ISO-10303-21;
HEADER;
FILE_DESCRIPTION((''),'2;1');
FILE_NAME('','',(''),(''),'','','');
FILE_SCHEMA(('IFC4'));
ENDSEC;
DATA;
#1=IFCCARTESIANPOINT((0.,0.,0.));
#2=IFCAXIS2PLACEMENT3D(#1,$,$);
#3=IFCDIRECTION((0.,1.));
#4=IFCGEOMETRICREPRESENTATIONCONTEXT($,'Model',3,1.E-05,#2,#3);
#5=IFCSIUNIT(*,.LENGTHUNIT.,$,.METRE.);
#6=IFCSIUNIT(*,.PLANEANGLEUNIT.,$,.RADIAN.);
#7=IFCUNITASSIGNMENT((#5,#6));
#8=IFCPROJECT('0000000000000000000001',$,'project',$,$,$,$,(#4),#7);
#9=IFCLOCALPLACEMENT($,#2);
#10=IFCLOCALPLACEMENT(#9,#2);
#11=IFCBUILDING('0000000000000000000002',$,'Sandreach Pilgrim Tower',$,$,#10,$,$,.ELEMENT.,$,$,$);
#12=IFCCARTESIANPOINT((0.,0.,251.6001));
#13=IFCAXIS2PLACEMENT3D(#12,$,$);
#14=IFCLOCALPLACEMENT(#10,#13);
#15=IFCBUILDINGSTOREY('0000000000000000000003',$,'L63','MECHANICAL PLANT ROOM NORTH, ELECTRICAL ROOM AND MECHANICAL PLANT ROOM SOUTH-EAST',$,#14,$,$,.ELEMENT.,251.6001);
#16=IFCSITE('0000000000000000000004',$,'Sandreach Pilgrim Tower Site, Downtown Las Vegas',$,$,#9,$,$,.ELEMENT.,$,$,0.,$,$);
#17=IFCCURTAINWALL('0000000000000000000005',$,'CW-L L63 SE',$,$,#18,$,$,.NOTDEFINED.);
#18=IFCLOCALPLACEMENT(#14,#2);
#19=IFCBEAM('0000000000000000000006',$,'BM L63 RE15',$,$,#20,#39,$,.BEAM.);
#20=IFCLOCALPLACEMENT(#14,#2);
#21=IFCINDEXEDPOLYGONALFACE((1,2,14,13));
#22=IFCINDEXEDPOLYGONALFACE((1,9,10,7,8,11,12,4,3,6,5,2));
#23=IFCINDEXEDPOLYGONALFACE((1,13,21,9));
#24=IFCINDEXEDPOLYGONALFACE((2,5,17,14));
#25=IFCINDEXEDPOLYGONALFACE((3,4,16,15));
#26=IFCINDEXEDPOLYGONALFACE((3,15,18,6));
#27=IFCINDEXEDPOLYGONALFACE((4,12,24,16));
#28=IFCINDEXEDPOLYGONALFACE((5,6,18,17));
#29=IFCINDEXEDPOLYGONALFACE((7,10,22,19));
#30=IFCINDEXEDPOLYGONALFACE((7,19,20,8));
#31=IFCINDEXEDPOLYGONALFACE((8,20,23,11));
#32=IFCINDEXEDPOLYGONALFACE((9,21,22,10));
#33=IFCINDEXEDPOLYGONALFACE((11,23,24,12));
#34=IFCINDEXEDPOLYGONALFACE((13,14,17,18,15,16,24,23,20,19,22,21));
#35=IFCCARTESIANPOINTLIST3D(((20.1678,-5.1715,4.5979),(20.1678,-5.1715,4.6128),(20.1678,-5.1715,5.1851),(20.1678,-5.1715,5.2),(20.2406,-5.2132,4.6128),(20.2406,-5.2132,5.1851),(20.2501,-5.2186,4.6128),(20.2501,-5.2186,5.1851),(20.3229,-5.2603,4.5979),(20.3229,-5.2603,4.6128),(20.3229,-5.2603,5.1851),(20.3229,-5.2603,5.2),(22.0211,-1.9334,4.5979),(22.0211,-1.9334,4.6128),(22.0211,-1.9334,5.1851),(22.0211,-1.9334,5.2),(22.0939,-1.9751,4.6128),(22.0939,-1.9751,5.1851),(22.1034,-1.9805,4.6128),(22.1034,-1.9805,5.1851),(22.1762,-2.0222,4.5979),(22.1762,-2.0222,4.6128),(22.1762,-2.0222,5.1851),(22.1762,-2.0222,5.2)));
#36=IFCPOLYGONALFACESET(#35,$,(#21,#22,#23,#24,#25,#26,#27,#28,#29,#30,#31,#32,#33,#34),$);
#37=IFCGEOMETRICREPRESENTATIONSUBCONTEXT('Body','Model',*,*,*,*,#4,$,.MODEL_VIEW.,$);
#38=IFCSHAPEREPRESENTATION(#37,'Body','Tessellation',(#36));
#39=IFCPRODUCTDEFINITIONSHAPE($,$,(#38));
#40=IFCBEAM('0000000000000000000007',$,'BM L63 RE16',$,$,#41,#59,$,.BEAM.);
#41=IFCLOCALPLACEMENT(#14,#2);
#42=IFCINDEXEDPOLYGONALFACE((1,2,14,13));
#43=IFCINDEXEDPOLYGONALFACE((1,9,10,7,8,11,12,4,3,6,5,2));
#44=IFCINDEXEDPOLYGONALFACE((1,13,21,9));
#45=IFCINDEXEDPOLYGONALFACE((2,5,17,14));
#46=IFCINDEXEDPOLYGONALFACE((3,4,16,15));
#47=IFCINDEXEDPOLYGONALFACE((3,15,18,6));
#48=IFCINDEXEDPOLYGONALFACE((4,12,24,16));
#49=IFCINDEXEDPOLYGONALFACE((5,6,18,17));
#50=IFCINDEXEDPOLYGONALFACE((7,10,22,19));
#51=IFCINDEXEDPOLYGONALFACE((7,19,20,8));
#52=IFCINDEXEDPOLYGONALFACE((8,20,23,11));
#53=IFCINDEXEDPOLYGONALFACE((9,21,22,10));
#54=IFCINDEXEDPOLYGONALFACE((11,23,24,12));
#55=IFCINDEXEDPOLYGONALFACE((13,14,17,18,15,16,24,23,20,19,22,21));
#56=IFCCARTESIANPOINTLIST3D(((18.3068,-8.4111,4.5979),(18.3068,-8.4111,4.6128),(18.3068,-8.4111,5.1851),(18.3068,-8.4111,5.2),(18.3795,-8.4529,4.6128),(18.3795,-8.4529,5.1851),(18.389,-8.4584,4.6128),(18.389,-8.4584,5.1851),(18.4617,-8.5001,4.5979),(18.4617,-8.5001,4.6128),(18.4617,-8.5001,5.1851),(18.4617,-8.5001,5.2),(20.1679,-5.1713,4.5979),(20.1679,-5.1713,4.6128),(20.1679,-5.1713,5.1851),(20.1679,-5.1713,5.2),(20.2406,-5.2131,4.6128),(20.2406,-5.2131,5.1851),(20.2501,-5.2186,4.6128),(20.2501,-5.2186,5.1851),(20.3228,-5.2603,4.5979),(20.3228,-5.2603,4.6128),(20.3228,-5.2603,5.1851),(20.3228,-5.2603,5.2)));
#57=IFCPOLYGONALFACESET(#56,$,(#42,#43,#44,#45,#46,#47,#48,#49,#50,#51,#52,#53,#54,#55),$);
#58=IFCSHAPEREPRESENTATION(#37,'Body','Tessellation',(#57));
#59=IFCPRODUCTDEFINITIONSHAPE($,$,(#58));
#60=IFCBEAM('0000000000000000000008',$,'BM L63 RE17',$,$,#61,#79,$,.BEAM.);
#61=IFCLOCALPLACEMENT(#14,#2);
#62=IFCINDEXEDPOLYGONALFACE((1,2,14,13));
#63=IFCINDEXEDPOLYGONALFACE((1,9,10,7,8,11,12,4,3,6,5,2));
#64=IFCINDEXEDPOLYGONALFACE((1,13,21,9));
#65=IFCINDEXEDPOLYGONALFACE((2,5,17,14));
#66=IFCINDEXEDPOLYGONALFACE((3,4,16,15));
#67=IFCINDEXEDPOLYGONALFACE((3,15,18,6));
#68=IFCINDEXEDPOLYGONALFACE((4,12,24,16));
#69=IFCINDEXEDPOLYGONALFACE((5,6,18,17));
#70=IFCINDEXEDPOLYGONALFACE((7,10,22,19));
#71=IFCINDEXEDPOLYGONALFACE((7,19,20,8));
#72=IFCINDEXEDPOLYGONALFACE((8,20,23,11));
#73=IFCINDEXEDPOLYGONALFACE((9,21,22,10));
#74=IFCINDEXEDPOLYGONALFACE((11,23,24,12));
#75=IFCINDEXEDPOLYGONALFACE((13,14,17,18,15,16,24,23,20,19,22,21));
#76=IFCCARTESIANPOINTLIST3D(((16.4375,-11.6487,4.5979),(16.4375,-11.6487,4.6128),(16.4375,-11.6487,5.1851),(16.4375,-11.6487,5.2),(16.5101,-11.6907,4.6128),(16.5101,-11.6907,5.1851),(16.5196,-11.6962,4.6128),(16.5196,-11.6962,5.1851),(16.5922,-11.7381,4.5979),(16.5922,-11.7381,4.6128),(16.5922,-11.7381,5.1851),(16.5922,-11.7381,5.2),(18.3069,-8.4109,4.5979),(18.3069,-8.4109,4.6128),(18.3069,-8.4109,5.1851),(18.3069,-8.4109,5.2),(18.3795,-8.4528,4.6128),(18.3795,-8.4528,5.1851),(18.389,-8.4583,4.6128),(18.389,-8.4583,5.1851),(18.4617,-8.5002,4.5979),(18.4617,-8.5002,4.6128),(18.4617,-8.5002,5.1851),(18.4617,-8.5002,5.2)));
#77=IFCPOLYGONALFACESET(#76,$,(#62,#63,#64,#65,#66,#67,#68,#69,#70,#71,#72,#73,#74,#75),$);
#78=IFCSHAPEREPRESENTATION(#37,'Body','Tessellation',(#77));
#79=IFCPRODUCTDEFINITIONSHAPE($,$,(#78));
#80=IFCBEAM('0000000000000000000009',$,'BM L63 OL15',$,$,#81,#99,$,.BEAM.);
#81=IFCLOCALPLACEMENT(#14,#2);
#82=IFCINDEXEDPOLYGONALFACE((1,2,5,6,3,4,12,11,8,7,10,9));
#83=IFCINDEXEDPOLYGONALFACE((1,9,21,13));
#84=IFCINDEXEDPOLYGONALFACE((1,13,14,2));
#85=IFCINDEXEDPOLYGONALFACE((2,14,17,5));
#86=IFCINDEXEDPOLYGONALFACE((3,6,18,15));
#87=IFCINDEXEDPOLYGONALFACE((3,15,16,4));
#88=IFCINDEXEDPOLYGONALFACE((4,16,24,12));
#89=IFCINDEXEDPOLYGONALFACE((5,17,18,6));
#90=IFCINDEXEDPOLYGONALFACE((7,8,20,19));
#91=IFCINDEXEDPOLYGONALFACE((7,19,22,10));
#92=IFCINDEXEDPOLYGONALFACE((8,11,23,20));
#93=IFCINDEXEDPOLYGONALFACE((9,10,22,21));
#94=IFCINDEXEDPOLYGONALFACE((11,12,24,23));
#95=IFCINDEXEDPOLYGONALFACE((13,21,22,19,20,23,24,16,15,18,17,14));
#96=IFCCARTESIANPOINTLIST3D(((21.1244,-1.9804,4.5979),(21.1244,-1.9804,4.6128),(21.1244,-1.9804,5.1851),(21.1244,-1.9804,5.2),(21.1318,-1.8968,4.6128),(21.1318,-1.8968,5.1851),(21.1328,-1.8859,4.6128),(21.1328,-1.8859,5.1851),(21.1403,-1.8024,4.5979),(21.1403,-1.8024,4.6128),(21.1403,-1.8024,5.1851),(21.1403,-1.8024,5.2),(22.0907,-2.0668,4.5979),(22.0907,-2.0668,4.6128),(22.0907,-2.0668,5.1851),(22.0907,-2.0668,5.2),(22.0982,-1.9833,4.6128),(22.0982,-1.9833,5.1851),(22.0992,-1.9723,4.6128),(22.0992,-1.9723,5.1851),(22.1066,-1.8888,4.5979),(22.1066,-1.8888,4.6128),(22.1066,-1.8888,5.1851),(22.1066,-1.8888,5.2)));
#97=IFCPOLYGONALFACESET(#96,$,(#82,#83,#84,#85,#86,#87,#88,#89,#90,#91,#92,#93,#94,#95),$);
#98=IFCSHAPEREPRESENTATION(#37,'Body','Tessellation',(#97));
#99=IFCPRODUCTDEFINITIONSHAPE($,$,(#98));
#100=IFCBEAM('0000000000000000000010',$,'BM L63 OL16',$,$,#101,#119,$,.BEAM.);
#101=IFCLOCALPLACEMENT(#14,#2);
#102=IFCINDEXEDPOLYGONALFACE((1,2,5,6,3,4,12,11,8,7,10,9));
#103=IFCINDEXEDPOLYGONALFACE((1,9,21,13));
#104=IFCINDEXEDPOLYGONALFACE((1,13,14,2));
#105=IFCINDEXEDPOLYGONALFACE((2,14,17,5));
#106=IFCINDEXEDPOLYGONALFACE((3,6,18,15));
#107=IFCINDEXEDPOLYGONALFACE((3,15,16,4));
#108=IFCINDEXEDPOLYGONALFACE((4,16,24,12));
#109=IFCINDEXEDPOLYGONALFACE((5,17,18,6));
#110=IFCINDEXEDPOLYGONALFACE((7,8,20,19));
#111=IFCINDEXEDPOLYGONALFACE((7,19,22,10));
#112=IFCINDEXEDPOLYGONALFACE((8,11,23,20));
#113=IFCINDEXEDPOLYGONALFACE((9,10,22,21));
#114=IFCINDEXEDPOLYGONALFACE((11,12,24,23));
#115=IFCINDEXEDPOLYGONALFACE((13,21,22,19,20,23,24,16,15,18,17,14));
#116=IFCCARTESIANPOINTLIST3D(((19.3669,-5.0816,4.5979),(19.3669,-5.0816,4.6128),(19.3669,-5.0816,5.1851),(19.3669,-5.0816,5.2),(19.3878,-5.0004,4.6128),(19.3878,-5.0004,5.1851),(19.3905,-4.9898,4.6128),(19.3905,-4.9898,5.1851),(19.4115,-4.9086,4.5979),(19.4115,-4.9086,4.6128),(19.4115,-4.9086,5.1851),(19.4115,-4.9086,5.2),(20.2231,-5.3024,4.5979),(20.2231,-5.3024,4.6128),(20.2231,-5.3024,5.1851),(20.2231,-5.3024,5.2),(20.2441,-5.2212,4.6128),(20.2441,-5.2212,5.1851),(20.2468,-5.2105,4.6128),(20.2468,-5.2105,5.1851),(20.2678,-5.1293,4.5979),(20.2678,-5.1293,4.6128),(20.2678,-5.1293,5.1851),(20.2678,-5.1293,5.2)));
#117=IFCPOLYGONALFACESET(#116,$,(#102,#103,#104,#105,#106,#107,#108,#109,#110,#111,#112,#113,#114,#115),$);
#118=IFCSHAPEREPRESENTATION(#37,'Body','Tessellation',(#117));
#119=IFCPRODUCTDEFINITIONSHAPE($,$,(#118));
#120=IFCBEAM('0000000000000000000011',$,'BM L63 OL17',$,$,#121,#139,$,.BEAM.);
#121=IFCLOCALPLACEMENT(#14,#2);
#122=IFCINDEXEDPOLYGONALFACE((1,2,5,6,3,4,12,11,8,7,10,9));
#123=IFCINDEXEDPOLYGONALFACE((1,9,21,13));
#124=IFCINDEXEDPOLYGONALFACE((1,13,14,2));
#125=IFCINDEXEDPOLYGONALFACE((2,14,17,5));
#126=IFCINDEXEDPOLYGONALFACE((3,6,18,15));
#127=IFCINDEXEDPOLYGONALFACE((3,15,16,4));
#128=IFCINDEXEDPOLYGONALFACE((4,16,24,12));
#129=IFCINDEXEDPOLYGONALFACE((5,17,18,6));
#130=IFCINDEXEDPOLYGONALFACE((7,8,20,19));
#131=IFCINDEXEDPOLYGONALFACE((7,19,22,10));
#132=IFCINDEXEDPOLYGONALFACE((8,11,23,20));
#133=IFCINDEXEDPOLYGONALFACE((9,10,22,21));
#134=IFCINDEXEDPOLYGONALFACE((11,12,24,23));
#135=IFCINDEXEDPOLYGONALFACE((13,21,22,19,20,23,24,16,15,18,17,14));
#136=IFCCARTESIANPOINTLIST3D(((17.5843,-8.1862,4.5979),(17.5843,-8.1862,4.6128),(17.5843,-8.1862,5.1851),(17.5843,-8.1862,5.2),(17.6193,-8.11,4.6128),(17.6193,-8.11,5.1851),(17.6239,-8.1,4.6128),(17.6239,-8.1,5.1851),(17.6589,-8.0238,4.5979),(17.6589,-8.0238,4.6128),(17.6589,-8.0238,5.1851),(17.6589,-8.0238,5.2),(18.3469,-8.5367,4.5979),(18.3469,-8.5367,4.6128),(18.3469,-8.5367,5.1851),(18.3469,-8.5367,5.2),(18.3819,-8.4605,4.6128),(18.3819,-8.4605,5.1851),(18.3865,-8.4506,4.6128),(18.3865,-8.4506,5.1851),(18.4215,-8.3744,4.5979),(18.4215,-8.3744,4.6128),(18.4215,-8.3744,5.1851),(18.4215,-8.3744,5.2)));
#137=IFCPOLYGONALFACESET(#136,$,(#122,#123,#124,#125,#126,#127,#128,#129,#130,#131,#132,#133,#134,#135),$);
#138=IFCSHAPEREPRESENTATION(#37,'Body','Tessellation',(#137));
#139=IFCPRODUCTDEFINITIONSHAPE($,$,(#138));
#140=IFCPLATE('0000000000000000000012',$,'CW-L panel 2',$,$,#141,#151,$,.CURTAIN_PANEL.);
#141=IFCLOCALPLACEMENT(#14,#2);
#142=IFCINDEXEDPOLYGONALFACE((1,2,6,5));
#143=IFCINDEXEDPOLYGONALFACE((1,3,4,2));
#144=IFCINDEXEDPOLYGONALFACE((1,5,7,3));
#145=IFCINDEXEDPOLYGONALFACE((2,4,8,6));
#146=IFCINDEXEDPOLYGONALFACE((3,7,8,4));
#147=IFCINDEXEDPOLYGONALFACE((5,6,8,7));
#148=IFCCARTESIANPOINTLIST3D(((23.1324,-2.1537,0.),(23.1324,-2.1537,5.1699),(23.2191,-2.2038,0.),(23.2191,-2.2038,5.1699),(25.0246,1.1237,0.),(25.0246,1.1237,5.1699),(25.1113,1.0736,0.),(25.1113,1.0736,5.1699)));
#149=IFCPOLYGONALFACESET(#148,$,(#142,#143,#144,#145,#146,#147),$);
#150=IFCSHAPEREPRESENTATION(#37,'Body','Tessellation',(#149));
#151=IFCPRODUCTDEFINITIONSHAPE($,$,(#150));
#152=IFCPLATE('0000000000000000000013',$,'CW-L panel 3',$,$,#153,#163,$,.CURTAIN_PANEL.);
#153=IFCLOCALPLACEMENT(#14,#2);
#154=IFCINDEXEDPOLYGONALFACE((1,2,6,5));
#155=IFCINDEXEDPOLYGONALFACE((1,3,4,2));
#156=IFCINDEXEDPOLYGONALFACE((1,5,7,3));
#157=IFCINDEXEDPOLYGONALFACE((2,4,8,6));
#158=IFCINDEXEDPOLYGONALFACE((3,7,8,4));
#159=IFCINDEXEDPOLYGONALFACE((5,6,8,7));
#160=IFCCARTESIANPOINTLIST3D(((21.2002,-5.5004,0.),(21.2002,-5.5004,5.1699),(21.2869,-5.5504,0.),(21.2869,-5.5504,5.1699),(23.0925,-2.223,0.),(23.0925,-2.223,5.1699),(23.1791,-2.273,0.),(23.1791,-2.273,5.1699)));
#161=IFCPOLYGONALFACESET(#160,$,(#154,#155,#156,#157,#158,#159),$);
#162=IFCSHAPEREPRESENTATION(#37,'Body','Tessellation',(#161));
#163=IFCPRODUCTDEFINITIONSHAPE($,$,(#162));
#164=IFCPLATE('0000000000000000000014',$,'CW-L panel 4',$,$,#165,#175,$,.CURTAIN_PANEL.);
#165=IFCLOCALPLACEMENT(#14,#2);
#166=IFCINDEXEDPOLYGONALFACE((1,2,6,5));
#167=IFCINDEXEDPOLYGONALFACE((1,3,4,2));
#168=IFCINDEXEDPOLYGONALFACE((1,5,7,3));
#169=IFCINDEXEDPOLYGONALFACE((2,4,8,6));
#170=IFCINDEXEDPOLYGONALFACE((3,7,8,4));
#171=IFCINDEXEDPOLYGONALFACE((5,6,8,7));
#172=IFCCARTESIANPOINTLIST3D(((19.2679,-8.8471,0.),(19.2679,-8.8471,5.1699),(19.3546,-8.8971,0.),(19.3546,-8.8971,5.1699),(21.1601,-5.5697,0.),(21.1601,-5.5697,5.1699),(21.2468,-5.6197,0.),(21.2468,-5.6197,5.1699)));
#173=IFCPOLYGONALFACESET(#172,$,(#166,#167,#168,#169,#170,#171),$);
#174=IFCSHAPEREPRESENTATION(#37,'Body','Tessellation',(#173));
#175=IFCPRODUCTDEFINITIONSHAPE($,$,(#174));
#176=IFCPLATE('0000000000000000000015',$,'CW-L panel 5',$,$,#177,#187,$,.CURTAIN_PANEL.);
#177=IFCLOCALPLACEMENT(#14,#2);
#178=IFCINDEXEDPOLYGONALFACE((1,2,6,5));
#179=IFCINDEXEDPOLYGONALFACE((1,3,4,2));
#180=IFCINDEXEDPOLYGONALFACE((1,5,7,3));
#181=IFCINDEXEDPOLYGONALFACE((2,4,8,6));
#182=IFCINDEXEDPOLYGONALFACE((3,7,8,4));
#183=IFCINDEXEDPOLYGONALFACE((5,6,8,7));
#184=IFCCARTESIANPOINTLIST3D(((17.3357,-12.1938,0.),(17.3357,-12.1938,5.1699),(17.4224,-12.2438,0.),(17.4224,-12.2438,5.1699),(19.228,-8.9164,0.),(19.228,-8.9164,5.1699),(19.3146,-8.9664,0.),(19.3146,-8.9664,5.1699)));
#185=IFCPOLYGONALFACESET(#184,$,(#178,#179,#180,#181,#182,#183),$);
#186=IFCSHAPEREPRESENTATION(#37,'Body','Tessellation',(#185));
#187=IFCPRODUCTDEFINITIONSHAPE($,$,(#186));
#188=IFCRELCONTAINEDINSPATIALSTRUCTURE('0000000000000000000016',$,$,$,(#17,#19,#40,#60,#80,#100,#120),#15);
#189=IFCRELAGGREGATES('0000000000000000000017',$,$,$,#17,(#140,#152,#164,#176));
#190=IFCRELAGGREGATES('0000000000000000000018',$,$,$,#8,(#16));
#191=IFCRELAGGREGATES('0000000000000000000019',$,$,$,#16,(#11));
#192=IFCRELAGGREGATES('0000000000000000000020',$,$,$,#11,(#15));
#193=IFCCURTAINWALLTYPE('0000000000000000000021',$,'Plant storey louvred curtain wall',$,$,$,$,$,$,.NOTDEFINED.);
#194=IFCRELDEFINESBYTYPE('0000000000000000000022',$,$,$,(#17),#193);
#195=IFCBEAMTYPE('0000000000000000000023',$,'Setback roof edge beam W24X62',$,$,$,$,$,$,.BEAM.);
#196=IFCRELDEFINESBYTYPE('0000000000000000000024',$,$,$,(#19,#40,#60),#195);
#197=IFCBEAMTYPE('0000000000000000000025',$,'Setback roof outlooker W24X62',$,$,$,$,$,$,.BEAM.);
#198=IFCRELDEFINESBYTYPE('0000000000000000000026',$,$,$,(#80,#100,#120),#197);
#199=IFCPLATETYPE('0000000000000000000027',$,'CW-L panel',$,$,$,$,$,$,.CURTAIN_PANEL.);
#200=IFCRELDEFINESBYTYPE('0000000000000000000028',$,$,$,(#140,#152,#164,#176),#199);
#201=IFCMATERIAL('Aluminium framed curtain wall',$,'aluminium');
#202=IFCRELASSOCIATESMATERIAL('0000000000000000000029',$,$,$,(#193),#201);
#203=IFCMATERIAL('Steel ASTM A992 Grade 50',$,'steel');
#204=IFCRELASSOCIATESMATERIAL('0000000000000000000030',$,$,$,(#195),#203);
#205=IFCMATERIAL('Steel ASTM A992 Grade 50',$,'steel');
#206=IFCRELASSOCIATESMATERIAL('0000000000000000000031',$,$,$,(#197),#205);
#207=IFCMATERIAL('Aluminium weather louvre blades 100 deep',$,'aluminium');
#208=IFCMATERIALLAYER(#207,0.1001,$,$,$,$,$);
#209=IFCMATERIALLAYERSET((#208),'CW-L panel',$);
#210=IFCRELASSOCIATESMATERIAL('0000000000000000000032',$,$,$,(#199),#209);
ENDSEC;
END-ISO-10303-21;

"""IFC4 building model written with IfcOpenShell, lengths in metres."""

from ifc_helpers import new_model, si_unit, direction, frame, origin, origin_2d, place, context, subcontext, project, spatial, rectangle, i_section, extrude, material, layer, layer_set, material_profile, profile_set, type_object, element, aggregate, save


model = new_model("IFC4")

# Units and contexts
model_context = context("Model", 3, precision=1e-05, world=origin(), true_north=direction((0.0, 1.0)))
body_context = subcontext(model_context, "Body", "Model", "MODEL_VIEW")
ifc_project = project(units=[si_unit("LENGTHUNIT", "METRE"), si_unit("PLANEANGLEUNIT", "RADIAN")], contexts=[model_context])

# Site, building, storey
site_placement = place(None, origin())
site = spatial("IfcSite", under=ifc_project, at=site_placement, Name="Sandreach Pilgrim Tower Site, Downtown Las Vegas", CompositionType="ELEMENT", RefElevation=0.0)
building_placement = place(site_placement, origin())
building = spatial("IfcBuilding", under=site, at=building_placement, Name="Sandreach Pilgrim Tower", CompositionType="ELEMENT")
storey_placement = place(building_placement, frame((0.0, 0.0, 251.6001)))
storey = spatial("IfcBuildingStorey", under=building, at=storey_placement, Name="L63", Description="MECHANICAL PLANT ROOM NORTH, ELECTRICAL ROOM AND MECHANICAL PLANT ROOM SOUTH-EAST", CompositionType="ELEMENT", Elevation=251.6001)

# Curtain wall
ifc_material_1 = material(Name="Aluminium framed curtain wall", Category="aluminium")
curtain_wall_type = type_object("IfcCurtainWallType", Name="Plant storey louvred curtain wall", PredefinedType="NOTDEFINED", material=ifc_material_1)
curtain_wall_placement = place(storey_placement, origin())
curtain_wall = element("IfcCurtainWall", 1, at=curtain_wall_placement, inside=storey, type_object=curtain_wall_type, Name="CW-L L63 SE", PredefinedType="NOTDEFINED")

# Beams
ifc_material_2 = material(Name="Steel ASTM A992 Grade 50", Category="steel")
ifc_material_profile_1 = material_profile(ifc_material_2, i_section(OverallWidth=0.1787, OverallDepth=0.6021, WebThickness=0.011, FlangeThickness=0.0149, at=origin_2d()), Name="W24X62")
ifc_profile_set_1 = profile_set([ifc_material_profile_1], Name="Steel ASTM A992 Grade 50")
beam_type_1 = type_object("IfcBeamType", Name="Setback roof edge beam W24X62", PredefinedType="BEAM", material=ifc_profile_set_1)
beam_1_placement = place(storey_placement, frame((22.0986, -1.9778, 4.8989), z_axis=(-0.496738, -0.867901, 0.0), x_axis=(0.867901, -0.496738, 0.0)))
element("IfcBeam", 2, at=beam_1_placement, inside=storey, type_object=beam_type_1, Name="BM L63 RE15", PredefinedType="BEAM", context=body_context, shape_type="SweptSolid", body=[
    extrude(i_section(OverallWidth=0.1787, OverallDepth=0.6021, WebThickness=0.011, FlangeThickness=0.0149, at=origin_2d()), origin(), (0.0, 0.0, 1.0), 3.731),
])
beam_2_placement = place(storey_placement, frame((20.2454, -5.2158, 4.8989), z_axis=(-0.498115, -0.867111, 0.0), x_axis=(0.867111, -0.498115, 0.0)))
element("IfcBeam", 3, at=beam_2_placement, inside=storey, type_object=beam_type_1, Name="BM L63 RE16", PredefinedType="BEAM", context=body_context, shape_type="SweptSolid", body=[
    extrude(i_section(OverallWidth=0.1787, OverallDepth=0.6021, WebThickness=0.011, FlangeThickness=0.0149, at=origin_2d()), origin(), (0.0, 0.0, 1.0), 3.7363),
])
beam_3_placement = place(storey_placement, frame((18.3843, -8.4556, 4.8989), z_axis=(-0.500009, -0.86602, 0.0), x_axis=(0.86602, -0.500009, 0.0)))
element("IfcBeam", 4, at=beam_3_placement, inside=storey, type_object=beam_type_1, Name="BM L63 RE17", PredefinedType="BEAM", context=body_context, shape_type="SweptSolid", body=[
    extrude(i_section(OverallWidth=0.1787, OverallDepth=0.6021, WebThickness=0.011, FlangeThickness=0.0149, at=origin_2d()), origin(), (0.0, 0.0, 1.0), 3.7388),
])
ifc_material_3 = material(Name="Steel ASTM A992 Grade 50", Category="steel")
ifc_material_profile_2 = material_profile(ifc_material_3, i_section(OverallWidth=0.1787, OverallDepth=0.6021, WebThickness=0.011, FlangeThickness=0.0149, at=origin_2d()), Name="W24X62")
ifc_profile_set_2 = profile_set([ifc_material_profile_2], Name="Steel ASTM A992 Grade 50")
beam_type_2 = type_object("IfcBeamType", Name="Setback roof outlooker W24X62", PredefinedType="BEAM", material=ifc_profile_set_2)
beam_4_placement = place(storey_placement, frame((21.1323, -1.8914, 4.8989), z_axis=(0.996024, -0.089084, 0.0), x_axis=(0.089084, 0.996024, 0.0)))
element("IfcBeam", 5, at=beam_4_placement, inside=storey, type_object=beam_type_2, Name="BM L63 OL15", PredefinedType="BEAM", context=body_context, shape_type="SweptSolid", body=[
    extrude(i_section(OverallWidth=0.1787, OverallDepth=0.6021, WebThickness=0.011, FlangeThickness=0.0149, at=origin_2d()), origin(), (0.0, 0.0, 1.0), 0.9702),
])
beam_5_placement = place(storey_placement, frame((19.3892, -4.9951, 4.8989), z_axis=(0.968346, -0.249611, 0.0), x_axis=(0.249611, 0.968346, 0.0)))
element("IfcBeam", 6, at=beam_5_placement, inside=storey, type_object=beam_type_2, Name="BM L63 OL16", PredefinedType="BEAM", context=body_context, shape_type="SweptSolid", body=[
    extrude(i_section(OverallWidth=0.1787, OverallDepth=0.6021, WebThickness=0.011, FlangeThickness=0.0149, at=origin_2d()), origin(), (0.0, 0.0, 1.0), 0.8843),
])
beam_6_placement = place(storey_placement, frame((17.6216, -8.105, 4.8989), z_axis=(0.908605, -0.417656, 0.0), x_axis=(0.417656, 0.908605, 0.0)))
element("IfcBeam", 7, at=beam_6_placement, inside=storey, type_object=beam_type_2, Name="BM L63 OL17", PredefinedType="BEAM", context=body_context, shape_type="SweptSolid", body=[
    extrude(i_section(OverallWidth=0.1787, OverallDepth=0.6021, WebThickness=0.011, FlangeThickness=0.0149, at=origin_2d()), origin(), (0.0, 0.0, 1.0), 0.8394),
])

# Plates
ifc_material_4 = material(Name="Aluminium weather louvre blades 100 deep", Category="aluminium")
ifc_layer = layer(ifc_material_4, 0.1001)
ifc_layer_set = layer_set([ifc_layer], Name="CW-L panel")
plate_type = type_object("IfcPlateType", Name="CW-L panel", PredefinedType="CURTAIN_PANEL", material=ifc_layer_set)
plate_1_placement = place(storey_placement, frame((24.1218, -0.54, 0.0), z_axis=(0.0, 0.0, 1.0), x_axis=(-0.5, -0.866025, 0.0)))
plate_1 = element("IfcPlate", 8, at=plate_1_placement, type_object=plate_type, Name="CW-L panel 2", PredefinedType="CURTAIN_PANEL", context=body_context, shape_type="SweptSolid", body=[
    extrude(rectangle(XDim=3.7844, YDim=0.1001, at=origin_2d()), origin(), (0.0, 0.0, 1.0), 5.1699),
])
plate_2_placement = place(storey_placement, frame((22.1897, -3.8867, 0.0), z_axis=(0.0, 0.0, 1.0), x_axis=(-0.5, -0.866025, 0.0)))
plate_2 = element("IfcPlate", 9, at=plate_2_placement, type_object=plate_type, Name="CW-L panel 3", PredefinedType="CURTAIN_PANEL", context=body_context, shape_type="SweptSolid", body=[
    extrude(rectangle(XDim=3.7844, YDim=0.1001, at=origin_2d()), origin(), (0.0, 0.0, 1.0), 5.1699),
])
plate_3_placement = place(storey_placement, frame((20.2573, -7.2334, 0.0), z_axis=(0.0, 0.0, 1.0), x_axis=(-0.5, -0.866025, 0.0)))
plate_3 = element("IfcPlate", 10, at=plate_3_placement, type_object=plate_type, Name="CW-L panel 4", PredefinedType="CURTAIN_PANEL", context=body_context, shape_type="SweptSolid", body=[
    extrude(rectangle(XDim=3.7844, YDim=0.1001, at=origin_2d()), origin(), (0.0, 0.0, 1.0), 5.1699),
])
plate_4_placement = place(storey_placement, frame((18.3252, -10.5801, 0.0), z_axis=(0.0, 0.0, 1.0), x_axis=(-0.5, -0.866025, 0.0)))
plate_4 = element("IfcPlate", 11, at=plate_4_placement, type_object=plate_type, Name="CW-L panel 5", PredefinedType="CURTAIN_PANEL", context=body_context, shape_type="SweptSolid", body=[
    extrude(rectangle(XDim=3.7844, YDim=0.1001, at=origin_2d()), origin(), (0.0, 0.0, 1.0), 5.1699),
])
aggregate(curtain_wall, [plate_1, plate_2, plate_3, plate_4])

save(model, "model.ifc")
